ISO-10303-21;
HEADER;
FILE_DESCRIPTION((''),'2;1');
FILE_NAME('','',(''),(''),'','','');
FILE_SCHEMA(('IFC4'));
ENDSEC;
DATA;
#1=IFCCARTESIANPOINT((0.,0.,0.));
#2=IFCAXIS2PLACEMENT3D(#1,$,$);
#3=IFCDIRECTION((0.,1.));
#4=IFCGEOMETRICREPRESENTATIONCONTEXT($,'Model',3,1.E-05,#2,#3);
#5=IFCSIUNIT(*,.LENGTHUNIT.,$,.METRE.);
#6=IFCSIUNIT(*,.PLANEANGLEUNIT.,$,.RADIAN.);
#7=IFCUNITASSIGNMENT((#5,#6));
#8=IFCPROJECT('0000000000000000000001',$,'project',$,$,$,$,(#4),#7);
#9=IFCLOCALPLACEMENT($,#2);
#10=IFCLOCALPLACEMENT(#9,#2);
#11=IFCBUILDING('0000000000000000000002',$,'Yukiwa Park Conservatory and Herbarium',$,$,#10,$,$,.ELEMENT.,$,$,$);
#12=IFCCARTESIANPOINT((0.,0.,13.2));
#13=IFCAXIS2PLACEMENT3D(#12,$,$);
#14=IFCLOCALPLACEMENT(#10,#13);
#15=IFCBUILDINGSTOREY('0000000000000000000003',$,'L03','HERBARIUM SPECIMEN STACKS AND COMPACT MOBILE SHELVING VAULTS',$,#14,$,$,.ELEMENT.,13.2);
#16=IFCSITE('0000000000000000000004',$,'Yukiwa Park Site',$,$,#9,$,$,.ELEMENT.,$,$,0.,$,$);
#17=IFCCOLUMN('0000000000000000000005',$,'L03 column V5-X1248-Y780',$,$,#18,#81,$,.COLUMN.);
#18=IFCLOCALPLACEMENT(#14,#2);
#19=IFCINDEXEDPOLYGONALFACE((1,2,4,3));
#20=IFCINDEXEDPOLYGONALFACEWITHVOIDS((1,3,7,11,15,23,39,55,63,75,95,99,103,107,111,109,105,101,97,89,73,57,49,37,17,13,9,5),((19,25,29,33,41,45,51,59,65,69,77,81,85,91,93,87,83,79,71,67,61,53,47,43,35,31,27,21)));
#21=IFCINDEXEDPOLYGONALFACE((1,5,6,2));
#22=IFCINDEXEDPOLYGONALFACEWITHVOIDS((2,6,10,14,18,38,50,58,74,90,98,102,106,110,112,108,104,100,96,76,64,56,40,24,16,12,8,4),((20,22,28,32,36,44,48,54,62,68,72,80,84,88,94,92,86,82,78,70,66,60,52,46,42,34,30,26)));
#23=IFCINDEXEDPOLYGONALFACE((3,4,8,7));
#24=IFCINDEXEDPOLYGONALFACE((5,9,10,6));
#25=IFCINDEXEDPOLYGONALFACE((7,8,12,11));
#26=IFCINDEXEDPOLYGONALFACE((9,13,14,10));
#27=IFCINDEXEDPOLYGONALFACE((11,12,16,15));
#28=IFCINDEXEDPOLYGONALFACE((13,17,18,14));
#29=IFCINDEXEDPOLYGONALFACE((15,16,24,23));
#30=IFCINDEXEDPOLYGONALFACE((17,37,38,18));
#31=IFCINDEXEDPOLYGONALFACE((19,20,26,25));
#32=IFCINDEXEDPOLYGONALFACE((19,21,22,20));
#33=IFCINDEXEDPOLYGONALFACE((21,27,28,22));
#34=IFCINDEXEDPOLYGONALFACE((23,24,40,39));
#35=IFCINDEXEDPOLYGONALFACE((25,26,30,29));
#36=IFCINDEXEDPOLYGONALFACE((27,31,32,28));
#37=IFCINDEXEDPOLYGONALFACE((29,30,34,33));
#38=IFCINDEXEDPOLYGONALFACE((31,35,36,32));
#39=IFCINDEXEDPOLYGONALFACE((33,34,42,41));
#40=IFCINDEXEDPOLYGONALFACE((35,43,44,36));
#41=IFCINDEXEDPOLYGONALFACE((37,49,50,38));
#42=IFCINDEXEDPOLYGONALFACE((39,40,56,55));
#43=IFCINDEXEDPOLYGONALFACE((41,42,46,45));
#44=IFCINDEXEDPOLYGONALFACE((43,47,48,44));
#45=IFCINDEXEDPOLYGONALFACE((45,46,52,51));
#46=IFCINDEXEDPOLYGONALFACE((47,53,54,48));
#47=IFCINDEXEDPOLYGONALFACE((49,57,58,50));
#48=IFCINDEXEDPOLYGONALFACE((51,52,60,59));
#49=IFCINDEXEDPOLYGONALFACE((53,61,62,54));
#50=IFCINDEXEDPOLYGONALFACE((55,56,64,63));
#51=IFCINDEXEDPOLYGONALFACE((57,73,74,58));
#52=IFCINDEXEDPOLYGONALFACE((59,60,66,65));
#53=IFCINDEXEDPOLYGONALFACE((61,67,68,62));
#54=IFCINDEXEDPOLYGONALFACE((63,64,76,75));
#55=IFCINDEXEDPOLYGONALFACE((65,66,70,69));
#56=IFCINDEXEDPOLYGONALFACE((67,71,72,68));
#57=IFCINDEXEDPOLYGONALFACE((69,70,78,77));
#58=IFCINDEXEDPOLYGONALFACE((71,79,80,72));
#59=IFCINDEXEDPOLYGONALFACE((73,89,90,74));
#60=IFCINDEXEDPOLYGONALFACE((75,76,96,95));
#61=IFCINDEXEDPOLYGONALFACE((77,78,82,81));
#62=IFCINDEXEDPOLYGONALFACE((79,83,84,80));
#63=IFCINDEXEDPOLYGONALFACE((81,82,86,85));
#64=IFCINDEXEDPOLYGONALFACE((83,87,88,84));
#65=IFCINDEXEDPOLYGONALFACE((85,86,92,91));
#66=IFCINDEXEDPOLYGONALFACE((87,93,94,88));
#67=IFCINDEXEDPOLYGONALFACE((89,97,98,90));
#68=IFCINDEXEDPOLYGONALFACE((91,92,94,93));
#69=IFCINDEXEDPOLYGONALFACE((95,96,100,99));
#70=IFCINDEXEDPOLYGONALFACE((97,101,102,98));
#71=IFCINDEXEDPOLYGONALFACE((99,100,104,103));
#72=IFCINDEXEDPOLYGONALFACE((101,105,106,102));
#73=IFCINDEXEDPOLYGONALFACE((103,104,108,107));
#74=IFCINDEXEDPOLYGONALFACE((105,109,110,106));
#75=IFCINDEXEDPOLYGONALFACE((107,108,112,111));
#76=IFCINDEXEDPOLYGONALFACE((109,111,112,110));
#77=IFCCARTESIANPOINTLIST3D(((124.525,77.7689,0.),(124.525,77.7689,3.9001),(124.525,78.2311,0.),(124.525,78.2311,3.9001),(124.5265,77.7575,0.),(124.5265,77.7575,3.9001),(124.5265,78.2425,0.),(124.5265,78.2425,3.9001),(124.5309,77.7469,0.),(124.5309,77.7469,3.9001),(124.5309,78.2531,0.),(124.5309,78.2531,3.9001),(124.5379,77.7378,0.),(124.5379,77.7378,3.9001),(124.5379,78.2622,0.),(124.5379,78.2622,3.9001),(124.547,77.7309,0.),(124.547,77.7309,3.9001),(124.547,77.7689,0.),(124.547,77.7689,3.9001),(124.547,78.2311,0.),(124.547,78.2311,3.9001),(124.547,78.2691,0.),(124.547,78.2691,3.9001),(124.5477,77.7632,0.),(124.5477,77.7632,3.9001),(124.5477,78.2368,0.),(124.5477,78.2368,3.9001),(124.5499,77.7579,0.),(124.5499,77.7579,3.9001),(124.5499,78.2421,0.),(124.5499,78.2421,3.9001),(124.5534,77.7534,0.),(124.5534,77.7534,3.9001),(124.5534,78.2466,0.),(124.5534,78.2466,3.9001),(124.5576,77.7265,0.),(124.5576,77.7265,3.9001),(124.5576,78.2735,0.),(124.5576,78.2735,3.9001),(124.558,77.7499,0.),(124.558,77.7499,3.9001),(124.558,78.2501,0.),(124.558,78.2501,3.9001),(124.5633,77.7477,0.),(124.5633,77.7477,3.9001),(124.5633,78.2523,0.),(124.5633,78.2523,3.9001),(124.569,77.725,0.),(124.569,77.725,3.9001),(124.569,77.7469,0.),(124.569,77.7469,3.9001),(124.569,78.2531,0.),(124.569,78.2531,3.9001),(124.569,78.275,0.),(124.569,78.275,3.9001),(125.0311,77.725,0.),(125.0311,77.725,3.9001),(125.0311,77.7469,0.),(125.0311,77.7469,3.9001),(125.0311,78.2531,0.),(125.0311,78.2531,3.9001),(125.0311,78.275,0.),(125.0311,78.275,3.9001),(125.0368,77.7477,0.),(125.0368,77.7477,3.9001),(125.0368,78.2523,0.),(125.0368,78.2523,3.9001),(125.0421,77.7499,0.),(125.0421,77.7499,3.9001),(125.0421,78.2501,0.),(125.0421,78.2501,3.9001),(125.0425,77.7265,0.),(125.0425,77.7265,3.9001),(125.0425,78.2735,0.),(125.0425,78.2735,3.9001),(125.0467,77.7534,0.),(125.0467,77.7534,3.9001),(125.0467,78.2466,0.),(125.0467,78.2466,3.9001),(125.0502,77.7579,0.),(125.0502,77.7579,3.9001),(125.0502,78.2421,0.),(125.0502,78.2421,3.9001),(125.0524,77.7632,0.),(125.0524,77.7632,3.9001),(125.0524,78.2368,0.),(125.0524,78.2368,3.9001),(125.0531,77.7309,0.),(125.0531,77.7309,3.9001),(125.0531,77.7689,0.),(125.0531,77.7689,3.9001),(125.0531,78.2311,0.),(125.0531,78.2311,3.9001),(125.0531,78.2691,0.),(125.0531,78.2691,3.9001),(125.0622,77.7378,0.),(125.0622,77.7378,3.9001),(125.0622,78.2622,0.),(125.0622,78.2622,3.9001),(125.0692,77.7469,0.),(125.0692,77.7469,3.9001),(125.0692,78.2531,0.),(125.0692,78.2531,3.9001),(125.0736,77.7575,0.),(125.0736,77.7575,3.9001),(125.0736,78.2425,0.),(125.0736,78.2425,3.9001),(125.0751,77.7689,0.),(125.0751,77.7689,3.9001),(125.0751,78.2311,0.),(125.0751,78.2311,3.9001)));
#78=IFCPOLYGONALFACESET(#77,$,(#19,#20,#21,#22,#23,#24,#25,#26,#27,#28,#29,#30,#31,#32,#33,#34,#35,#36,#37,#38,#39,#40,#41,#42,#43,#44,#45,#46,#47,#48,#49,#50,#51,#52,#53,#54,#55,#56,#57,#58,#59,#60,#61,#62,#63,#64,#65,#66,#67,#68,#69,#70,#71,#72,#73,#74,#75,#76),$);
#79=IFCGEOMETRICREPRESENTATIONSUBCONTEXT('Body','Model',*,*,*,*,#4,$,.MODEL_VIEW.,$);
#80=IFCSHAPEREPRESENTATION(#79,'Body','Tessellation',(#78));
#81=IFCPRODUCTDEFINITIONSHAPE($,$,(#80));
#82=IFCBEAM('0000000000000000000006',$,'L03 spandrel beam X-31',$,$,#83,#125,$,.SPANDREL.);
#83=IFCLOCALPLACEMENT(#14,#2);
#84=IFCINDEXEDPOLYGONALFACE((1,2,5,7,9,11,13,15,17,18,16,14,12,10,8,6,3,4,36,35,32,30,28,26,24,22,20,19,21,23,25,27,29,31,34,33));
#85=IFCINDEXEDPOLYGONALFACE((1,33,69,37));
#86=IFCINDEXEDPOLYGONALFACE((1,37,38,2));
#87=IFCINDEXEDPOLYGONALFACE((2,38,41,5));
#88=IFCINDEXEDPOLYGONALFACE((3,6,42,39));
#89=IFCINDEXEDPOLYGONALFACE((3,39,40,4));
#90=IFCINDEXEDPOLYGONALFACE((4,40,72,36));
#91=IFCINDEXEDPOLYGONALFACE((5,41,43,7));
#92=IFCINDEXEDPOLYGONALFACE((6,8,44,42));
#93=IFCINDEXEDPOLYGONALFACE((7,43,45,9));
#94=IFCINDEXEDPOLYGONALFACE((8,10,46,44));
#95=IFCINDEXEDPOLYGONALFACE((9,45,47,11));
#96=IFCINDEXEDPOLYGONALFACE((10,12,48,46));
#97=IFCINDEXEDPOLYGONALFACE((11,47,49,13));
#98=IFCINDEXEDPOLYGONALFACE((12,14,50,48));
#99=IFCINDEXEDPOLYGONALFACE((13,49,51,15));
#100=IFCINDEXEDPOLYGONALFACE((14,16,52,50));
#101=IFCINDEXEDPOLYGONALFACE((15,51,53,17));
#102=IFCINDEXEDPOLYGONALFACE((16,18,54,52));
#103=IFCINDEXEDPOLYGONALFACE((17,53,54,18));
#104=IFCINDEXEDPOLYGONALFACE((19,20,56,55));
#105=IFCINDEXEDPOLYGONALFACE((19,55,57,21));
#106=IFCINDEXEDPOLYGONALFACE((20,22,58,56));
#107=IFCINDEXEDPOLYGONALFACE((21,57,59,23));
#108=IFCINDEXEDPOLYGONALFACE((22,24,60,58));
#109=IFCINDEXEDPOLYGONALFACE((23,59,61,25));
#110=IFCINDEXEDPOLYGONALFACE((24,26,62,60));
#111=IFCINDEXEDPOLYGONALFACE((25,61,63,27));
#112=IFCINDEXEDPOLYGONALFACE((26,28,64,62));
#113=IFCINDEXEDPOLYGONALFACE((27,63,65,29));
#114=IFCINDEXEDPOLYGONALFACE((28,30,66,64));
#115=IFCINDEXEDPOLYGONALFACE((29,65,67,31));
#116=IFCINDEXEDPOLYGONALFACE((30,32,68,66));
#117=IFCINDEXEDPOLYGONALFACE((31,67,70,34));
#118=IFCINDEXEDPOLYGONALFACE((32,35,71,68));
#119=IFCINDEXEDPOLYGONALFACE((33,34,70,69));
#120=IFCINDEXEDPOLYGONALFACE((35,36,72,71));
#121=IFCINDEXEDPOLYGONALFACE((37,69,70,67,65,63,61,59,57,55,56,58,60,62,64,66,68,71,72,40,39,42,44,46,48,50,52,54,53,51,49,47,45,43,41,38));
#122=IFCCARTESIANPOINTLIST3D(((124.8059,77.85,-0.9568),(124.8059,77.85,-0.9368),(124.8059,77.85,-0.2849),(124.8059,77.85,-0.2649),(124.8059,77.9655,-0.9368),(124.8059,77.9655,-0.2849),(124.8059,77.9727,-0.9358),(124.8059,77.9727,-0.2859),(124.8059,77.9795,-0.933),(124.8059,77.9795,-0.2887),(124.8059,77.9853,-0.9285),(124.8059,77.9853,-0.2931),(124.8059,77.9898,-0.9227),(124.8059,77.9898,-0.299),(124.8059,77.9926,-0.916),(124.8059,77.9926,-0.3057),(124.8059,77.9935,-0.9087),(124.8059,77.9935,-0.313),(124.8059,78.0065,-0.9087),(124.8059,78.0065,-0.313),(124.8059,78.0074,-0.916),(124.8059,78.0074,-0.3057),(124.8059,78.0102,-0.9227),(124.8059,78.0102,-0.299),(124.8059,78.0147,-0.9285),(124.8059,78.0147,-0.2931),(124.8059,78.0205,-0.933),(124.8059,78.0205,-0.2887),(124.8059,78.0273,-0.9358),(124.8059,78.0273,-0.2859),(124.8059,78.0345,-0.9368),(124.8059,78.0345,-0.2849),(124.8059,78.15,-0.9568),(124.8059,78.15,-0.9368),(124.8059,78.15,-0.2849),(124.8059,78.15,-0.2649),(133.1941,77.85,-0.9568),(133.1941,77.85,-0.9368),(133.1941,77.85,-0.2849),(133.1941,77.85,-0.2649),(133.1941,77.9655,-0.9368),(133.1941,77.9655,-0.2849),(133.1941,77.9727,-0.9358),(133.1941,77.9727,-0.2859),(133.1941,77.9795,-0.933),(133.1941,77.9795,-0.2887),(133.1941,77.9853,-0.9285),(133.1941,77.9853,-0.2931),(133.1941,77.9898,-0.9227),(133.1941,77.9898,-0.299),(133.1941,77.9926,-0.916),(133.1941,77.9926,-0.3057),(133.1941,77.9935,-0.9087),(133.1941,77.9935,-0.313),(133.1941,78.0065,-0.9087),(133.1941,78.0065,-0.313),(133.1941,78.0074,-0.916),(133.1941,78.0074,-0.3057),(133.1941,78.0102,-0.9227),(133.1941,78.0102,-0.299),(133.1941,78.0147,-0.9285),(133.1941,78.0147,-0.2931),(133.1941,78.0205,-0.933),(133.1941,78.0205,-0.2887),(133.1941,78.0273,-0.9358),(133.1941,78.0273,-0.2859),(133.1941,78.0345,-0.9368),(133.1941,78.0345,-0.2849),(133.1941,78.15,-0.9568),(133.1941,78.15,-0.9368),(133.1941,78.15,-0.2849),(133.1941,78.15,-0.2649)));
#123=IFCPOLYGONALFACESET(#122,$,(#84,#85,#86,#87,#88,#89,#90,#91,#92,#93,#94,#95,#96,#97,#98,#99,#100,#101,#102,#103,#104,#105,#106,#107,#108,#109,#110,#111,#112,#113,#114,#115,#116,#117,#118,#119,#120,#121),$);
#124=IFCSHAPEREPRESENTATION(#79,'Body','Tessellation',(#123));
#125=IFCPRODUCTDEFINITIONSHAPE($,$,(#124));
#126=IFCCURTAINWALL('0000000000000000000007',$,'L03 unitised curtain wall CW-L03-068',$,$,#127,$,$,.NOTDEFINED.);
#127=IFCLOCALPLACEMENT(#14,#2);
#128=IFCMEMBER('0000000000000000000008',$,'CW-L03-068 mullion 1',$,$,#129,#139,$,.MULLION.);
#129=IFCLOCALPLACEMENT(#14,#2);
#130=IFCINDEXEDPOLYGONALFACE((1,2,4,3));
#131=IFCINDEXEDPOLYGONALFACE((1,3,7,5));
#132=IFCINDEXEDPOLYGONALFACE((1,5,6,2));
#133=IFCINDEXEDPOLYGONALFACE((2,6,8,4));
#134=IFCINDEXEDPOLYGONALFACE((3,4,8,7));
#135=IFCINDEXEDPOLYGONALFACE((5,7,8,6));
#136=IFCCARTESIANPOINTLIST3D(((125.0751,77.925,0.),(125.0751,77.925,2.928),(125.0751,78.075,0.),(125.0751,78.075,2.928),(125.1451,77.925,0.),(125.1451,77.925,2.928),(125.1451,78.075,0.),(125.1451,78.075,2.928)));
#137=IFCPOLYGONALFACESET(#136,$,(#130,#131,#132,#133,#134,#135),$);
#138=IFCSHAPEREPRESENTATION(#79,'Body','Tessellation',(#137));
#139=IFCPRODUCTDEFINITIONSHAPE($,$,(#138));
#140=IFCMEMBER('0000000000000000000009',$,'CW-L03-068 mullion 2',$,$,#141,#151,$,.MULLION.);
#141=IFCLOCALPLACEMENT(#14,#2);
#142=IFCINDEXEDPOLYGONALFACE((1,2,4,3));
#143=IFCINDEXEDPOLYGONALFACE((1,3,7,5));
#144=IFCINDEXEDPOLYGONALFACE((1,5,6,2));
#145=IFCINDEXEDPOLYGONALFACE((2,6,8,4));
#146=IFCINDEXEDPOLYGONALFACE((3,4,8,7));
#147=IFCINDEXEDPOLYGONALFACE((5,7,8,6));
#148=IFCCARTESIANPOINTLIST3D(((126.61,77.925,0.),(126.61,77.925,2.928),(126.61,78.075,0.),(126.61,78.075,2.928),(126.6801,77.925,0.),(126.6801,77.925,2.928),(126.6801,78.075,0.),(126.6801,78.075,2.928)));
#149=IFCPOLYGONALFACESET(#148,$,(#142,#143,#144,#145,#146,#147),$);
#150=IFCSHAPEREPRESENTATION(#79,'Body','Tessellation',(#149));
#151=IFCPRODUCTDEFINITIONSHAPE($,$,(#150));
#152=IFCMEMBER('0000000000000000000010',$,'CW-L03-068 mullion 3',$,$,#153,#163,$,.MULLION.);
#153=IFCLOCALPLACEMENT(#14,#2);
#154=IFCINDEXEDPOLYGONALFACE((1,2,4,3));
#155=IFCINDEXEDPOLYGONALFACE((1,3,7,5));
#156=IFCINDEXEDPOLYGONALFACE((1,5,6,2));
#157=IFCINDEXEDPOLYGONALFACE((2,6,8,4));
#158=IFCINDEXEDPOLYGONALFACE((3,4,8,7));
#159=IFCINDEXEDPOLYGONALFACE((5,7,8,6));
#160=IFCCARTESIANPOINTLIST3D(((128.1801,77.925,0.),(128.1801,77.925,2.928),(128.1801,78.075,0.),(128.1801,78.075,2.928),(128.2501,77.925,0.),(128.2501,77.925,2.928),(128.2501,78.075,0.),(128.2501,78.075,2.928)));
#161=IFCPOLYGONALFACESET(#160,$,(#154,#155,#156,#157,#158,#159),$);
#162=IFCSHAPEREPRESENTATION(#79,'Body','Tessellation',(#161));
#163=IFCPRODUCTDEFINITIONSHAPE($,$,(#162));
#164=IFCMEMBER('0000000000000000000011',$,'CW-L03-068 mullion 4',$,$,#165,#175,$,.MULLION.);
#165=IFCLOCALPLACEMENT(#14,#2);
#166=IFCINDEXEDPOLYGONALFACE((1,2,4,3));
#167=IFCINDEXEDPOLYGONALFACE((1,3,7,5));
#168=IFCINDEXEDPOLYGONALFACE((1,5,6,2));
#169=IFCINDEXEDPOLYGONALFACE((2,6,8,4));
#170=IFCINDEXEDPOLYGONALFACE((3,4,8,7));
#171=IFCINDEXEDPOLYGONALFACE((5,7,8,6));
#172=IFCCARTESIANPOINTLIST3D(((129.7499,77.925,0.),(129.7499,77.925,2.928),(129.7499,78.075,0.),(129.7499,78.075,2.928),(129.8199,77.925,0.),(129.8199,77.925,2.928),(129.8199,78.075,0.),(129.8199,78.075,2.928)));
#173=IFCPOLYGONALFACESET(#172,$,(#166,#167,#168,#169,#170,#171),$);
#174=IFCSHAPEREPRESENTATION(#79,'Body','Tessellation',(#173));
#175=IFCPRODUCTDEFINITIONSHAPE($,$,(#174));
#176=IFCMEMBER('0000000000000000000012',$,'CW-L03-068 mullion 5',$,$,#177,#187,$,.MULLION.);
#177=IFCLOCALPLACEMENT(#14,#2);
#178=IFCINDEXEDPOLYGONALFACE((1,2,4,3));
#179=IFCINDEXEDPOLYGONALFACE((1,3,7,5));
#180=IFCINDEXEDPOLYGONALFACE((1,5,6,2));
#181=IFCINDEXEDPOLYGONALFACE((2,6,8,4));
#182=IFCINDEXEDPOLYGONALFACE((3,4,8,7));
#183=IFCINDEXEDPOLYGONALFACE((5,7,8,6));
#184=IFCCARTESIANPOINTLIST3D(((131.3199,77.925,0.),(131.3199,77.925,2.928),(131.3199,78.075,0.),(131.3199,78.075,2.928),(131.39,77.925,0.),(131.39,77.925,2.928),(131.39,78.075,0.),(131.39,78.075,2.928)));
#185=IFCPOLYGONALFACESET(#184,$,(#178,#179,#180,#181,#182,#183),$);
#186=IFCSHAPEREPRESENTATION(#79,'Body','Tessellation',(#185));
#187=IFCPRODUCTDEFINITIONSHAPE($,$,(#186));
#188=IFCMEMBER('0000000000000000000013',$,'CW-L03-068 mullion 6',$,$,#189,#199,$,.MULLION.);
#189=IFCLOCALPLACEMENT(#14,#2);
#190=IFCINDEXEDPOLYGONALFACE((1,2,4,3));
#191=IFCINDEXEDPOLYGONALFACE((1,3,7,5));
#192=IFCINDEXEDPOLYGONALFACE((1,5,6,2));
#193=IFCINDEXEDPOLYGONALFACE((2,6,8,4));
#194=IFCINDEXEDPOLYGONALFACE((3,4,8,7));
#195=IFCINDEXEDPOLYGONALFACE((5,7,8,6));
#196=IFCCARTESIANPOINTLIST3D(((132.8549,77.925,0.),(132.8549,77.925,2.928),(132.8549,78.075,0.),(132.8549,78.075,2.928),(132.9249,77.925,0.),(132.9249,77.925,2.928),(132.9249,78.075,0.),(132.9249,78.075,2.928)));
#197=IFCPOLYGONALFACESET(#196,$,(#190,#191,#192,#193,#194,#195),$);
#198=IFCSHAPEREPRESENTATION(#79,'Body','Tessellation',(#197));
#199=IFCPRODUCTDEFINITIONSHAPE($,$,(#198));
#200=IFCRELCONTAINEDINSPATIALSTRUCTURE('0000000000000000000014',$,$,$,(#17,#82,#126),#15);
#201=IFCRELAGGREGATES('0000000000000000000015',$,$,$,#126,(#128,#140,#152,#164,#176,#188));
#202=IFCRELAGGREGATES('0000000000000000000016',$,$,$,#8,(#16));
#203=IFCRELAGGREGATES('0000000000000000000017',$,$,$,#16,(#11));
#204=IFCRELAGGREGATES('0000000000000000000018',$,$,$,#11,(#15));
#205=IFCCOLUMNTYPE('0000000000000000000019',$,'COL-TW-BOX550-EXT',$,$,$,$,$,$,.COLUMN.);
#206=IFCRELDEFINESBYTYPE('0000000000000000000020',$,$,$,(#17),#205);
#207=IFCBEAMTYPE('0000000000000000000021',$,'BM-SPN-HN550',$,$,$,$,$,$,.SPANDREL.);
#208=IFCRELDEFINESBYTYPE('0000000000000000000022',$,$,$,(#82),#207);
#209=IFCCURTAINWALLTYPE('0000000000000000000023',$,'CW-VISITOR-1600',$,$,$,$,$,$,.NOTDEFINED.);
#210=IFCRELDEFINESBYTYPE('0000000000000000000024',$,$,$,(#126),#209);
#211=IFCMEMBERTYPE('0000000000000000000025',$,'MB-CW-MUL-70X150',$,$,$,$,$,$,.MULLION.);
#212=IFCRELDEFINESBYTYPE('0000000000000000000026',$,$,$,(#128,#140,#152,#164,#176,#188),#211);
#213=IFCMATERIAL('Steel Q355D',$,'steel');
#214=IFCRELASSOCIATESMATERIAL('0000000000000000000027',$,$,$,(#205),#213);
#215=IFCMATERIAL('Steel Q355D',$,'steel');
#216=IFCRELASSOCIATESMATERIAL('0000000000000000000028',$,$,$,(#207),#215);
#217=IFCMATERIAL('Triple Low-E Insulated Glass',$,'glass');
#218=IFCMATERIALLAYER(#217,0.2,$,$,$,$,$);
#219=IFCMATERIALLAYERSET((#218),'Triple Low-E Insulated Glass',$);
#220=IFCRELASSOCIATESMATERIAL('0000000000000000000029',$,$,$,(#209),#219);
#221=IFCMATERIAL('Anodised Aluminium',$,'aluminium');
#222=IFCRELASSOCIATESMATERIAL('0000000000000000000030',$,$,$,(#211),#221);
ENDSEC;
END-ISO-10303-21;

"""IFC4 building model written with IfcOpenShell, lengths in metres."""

from ifc_helpers import new_model, si_unit, direction, frame, origin, origin_2d, place, context, subcontext, project, spatial, rectangle, hollow_rectangle, i_section, extrude, material, layer, layer_set, material_profile, profile_set, type_object, element, aggregate, save


model = new_model("IFC4")

# Units and contexts
model_context = context("Model", 3, precision=1e-05, world=origin(), true_north=direction((0.0, 1.0)))
body_context = subcontext(model_context, "Body", "Model", "MODEL_VIEW")
ifc_project = project(units=[si_unit("LENGTHUNIT", "METRE"), si_unit("PLANEANGLEUNIT", "RADIAN")], contexts=[model_context])

# Site, building, storey
site_placement = place(None, origin())
site = spatial("IfcSite", under=ifc_project, at=site_placement, Name="Yukiwa Park Site", CompositionType="ELEMENT", RefElevation=0.0)
building_placement = place(site_placement, origin())
building = spatial("IfcBuilding", under=site, at=building_placement, Name="Yukiwa Park Conservatory and Herbarium", CompositionType="ELEMENT")
storey_placement = place(building_placement, frame((0.0, 0.0, 13.2)))
storey = spatial("IfcBuildingStorey", under=building, at=storey_placement, Name="L03", Description="HERBARIUM SPECIMEN STACKS AND COMPACT MOBILE SHELVING VAULTS", CompositionType="ELEMENT", Elevation=13.2)

# Column
ifc_material_1 = material(Name="Steel Q355D", Category="steel")
ifc_material_profile_1 = material_profile(ifc_material_1, hollow_rectangle(XDim=0.55, YDim=0.55, WallThickness=0.022, InnerFilletRadius=0.022, OuterFilletRadius=0.0439, at=origin_2d()), Name="BOX 550x550x22")
ifc_profile_set_1 = profile_set([ifc_material_profile_1], Name="Steel Q355D")
column_type = type_object("IfcColumnType", Name="COL-TW-BOX550-EXT", PredefinedType="COLUMN", material=ifc_profile_set_1)
column_placement = place(storey_placement, frame((124.8, 78.0, 0.0), z_axis=(0.0, 0.0, 1.0), x_axis=(1.0, 0.0, 0.0)))
element("IfcColumn", 1, at=column_placement, inside=storey, type_object=column_type, Name="L03 column V5-X1248-Y780", PredefinedType="COLUMN", context=body_context, shape_type="SweptSolid", body=[
    extrude(hollow_rectangle(XDim=0.55, YDim=0.55, WallThickness=0.022, InnerFilletRadius=0.022, OuterFilletRadius=0.0439, at=origin_2d()), origin(), (0.0, 0.0, 1.0), 3.9001),
])

# Beam
ifc_material_2 = material(Name="Steel Q355D", Category="steel")
ifc_material_profile_2 = material_profile(ifc_material_2, i_section(OverallWidth=0.3, OverallDepth=0.6919, WebThickness=0.0129, FlangeThickness=0.02, FilletRadius=0.0281, at=origin_2d()), Name="HN 692x300x13x20")
ifc_profile_set_2 = profile_set([ifc_material_profile_2], Name="Steel Q355D")
beam_type = type_object("IfcBeamType", Name="BM-SPN-HN550", PredefinedType="SPANDREL", material=ifc_profile_set_2)
beam_placement = place(storey_placement, frame((124.8059, 78.0, -0.6108), z_axis=(1.0, 0.0, 0.0), x_axis=(0.0, 1.0, 0.0)))
element("IfcBeam", 2, at=beam_placement, inside=storey, type_object=beam_type, Name="L03 spandrel beam X-31", PredefinedType="SPANDREL", context=body_context, shape_type="SweptSolid", body=[
    extrude(i_section(OverallWidth=0.3, OverallDepth=0.6919, WebThickness=0.0129, FlangeThickness=0.02, FilletRadius=0.0281, at=origin_2d()), origin(), (0.0, 0.0, 1.0), 8.3882),
])

# Curtain wall, members
ifc_material_3 = material(Name="Triple Low-E Insulated Glass", Category="glass")
ifc_layer_1 = layer(ifc_material_3, 0.2)
ifc_layer_set_1 = layer_set([ifc_layer_1], Name="Triple Low-E Insulated Glass")
curtain_wall_type = type_object("IfcCurtainWallType", Name="CW-VISITOR-1600", PredefinedType="NOTDEFINED", material=ifc_layer_set_1)
curtain_wall_placement = place(storey_placement, origin())
curtain_wall = element("IfcCurtainWall", 3, at=curtain_wall_placement, inside=storey, type_object=curtain_wall_type, Name="L03 unitised curtain wall CW-L03-068", PredefinedType="NOTDEFINED")
ifc_material_4 = material(Name="Anodised Aluminium", Category="aluminium")
member_type_1 = type_object("IfcMemberType", Name="MB-CW-MUL-70X150", PredefinedType="MULLION", material=ifc_material_4)
member_1_placement = place(storey_placement, frame((125.1101, 78.0, 0.0), z_axis=(0.0, 0.0, 1.0), x_axis=(1.0, 0.0, 0.0)))
member_1 = element("IfcMember", 4, at=member_1_placement, type_object=member_type_1, Name="CW-L03-068 mullion 1", PredefinedType="MULLION", context=body_context, shape_type="SweptSolid", body=[
    extrude(rectangle(XDim=0.0701, YDim=0.1499, at=origin_2d()), origin(), (0.0, 0.0, 1.0), 2.928),
])
member_2_placement = place(storey_placement, frame((126.645, 78.0, 0.0), z_axis=(0.0, 0.0, 1.0), x_axis=(1.0, 0.0, 0.0)))
member_2 = element("IfcMember", 5, at=member_2_placement, type_object=member_type_1, Name="CW-L03-068 mullion 2", PredefinedType="MULLION", context=body_context, shape_type="SweptSolid", body=[
    extrude(rectangle(XDim=0.0701, YDim=0.1499, at=origin_2d()), origin(), (0.0, 0.0, 1.0), 2.928),
])
member_3_placement = place(storey_placement, frame((128.2151, 78.0, 0.0), z_axis=(0.0, 0.0, 1.0), x_axis=(1.0, 0.0, 0.0)))
member_3 = element("IfcMember", 6, at=member_3_placement, type_object=member_type_1, Name="CW-L03-068 mullion 3", PredefinedType="MULLION", context=body_context, shape_type="SweptSolid", body=[
    extrude(rectangle(XDim=0.0701, YDim=0.1499, at=origin_2d()), origin(), (0.0, 0.0, 1.0), 2.928),
])
member_4_placement = place(storey_placement, frame((129.7849, 78.0, 0.0), z_axis=(0.0, 0.0, 1.0), x_axis=(1.0, 0.0, 0.0)))
member_4 = element("IfcMember", 7, at=member_4_placement, type_object=member_type_1, Name="CW-L03-068 mullion 4", PredefinedType="MULLION", context=body_context, shape_type="SweptSolid", body=[
    extrude(rectangle(XDim=0.0701, YDim=0.1499, at=origin_2d()), origin(), (0.0, 0.0, 1.0), 2.928),
])
member_5_placement = place(storey_placement, frame((131.355, 78.0, 0.0), z_axis=(0.0, 0.0, 1.0), x_axis=(1.0, 0.0, 0.0)))
member_5 = element("IfcMember", 8, at=member_5_placement, type_object=member_type_1, Name="CW-L03-068 mullion 5", PredefinedType="MULLION", context=body_context, shape_type="SweptSolid", body=[
    extrude(rectangle(XDim=0.0701, YDim=0.1499, at=origin_2d()), origin(), (0.0, 0.0, 1.0), 2.928),
])
member_6_placement = place(storey_placement, frame((132.8899, 78.0, 0.0), z_axis=(0.0, 0.0, 1.0), x_axis=(1.0, 0.0, 0.0)))
member_6 = element("IfcMember", 9, at=member_6_placement, type_object=member_type_1, Name="CW-L03-068 mullion 6", PredefinedType="MULLION", context=body_context, shape_type="SweptSolid", body=[
    extrude(rectangle(XDim=0.0701, YDim=0.1499, at=origin_2d()), origin(), (0.0, 0.0, 1.0), 2.928),
])
aggregate(curtain_wall, [member_1, member_2, member_3, member_4, member_5, member_6])

save(model, "model.ifc")
